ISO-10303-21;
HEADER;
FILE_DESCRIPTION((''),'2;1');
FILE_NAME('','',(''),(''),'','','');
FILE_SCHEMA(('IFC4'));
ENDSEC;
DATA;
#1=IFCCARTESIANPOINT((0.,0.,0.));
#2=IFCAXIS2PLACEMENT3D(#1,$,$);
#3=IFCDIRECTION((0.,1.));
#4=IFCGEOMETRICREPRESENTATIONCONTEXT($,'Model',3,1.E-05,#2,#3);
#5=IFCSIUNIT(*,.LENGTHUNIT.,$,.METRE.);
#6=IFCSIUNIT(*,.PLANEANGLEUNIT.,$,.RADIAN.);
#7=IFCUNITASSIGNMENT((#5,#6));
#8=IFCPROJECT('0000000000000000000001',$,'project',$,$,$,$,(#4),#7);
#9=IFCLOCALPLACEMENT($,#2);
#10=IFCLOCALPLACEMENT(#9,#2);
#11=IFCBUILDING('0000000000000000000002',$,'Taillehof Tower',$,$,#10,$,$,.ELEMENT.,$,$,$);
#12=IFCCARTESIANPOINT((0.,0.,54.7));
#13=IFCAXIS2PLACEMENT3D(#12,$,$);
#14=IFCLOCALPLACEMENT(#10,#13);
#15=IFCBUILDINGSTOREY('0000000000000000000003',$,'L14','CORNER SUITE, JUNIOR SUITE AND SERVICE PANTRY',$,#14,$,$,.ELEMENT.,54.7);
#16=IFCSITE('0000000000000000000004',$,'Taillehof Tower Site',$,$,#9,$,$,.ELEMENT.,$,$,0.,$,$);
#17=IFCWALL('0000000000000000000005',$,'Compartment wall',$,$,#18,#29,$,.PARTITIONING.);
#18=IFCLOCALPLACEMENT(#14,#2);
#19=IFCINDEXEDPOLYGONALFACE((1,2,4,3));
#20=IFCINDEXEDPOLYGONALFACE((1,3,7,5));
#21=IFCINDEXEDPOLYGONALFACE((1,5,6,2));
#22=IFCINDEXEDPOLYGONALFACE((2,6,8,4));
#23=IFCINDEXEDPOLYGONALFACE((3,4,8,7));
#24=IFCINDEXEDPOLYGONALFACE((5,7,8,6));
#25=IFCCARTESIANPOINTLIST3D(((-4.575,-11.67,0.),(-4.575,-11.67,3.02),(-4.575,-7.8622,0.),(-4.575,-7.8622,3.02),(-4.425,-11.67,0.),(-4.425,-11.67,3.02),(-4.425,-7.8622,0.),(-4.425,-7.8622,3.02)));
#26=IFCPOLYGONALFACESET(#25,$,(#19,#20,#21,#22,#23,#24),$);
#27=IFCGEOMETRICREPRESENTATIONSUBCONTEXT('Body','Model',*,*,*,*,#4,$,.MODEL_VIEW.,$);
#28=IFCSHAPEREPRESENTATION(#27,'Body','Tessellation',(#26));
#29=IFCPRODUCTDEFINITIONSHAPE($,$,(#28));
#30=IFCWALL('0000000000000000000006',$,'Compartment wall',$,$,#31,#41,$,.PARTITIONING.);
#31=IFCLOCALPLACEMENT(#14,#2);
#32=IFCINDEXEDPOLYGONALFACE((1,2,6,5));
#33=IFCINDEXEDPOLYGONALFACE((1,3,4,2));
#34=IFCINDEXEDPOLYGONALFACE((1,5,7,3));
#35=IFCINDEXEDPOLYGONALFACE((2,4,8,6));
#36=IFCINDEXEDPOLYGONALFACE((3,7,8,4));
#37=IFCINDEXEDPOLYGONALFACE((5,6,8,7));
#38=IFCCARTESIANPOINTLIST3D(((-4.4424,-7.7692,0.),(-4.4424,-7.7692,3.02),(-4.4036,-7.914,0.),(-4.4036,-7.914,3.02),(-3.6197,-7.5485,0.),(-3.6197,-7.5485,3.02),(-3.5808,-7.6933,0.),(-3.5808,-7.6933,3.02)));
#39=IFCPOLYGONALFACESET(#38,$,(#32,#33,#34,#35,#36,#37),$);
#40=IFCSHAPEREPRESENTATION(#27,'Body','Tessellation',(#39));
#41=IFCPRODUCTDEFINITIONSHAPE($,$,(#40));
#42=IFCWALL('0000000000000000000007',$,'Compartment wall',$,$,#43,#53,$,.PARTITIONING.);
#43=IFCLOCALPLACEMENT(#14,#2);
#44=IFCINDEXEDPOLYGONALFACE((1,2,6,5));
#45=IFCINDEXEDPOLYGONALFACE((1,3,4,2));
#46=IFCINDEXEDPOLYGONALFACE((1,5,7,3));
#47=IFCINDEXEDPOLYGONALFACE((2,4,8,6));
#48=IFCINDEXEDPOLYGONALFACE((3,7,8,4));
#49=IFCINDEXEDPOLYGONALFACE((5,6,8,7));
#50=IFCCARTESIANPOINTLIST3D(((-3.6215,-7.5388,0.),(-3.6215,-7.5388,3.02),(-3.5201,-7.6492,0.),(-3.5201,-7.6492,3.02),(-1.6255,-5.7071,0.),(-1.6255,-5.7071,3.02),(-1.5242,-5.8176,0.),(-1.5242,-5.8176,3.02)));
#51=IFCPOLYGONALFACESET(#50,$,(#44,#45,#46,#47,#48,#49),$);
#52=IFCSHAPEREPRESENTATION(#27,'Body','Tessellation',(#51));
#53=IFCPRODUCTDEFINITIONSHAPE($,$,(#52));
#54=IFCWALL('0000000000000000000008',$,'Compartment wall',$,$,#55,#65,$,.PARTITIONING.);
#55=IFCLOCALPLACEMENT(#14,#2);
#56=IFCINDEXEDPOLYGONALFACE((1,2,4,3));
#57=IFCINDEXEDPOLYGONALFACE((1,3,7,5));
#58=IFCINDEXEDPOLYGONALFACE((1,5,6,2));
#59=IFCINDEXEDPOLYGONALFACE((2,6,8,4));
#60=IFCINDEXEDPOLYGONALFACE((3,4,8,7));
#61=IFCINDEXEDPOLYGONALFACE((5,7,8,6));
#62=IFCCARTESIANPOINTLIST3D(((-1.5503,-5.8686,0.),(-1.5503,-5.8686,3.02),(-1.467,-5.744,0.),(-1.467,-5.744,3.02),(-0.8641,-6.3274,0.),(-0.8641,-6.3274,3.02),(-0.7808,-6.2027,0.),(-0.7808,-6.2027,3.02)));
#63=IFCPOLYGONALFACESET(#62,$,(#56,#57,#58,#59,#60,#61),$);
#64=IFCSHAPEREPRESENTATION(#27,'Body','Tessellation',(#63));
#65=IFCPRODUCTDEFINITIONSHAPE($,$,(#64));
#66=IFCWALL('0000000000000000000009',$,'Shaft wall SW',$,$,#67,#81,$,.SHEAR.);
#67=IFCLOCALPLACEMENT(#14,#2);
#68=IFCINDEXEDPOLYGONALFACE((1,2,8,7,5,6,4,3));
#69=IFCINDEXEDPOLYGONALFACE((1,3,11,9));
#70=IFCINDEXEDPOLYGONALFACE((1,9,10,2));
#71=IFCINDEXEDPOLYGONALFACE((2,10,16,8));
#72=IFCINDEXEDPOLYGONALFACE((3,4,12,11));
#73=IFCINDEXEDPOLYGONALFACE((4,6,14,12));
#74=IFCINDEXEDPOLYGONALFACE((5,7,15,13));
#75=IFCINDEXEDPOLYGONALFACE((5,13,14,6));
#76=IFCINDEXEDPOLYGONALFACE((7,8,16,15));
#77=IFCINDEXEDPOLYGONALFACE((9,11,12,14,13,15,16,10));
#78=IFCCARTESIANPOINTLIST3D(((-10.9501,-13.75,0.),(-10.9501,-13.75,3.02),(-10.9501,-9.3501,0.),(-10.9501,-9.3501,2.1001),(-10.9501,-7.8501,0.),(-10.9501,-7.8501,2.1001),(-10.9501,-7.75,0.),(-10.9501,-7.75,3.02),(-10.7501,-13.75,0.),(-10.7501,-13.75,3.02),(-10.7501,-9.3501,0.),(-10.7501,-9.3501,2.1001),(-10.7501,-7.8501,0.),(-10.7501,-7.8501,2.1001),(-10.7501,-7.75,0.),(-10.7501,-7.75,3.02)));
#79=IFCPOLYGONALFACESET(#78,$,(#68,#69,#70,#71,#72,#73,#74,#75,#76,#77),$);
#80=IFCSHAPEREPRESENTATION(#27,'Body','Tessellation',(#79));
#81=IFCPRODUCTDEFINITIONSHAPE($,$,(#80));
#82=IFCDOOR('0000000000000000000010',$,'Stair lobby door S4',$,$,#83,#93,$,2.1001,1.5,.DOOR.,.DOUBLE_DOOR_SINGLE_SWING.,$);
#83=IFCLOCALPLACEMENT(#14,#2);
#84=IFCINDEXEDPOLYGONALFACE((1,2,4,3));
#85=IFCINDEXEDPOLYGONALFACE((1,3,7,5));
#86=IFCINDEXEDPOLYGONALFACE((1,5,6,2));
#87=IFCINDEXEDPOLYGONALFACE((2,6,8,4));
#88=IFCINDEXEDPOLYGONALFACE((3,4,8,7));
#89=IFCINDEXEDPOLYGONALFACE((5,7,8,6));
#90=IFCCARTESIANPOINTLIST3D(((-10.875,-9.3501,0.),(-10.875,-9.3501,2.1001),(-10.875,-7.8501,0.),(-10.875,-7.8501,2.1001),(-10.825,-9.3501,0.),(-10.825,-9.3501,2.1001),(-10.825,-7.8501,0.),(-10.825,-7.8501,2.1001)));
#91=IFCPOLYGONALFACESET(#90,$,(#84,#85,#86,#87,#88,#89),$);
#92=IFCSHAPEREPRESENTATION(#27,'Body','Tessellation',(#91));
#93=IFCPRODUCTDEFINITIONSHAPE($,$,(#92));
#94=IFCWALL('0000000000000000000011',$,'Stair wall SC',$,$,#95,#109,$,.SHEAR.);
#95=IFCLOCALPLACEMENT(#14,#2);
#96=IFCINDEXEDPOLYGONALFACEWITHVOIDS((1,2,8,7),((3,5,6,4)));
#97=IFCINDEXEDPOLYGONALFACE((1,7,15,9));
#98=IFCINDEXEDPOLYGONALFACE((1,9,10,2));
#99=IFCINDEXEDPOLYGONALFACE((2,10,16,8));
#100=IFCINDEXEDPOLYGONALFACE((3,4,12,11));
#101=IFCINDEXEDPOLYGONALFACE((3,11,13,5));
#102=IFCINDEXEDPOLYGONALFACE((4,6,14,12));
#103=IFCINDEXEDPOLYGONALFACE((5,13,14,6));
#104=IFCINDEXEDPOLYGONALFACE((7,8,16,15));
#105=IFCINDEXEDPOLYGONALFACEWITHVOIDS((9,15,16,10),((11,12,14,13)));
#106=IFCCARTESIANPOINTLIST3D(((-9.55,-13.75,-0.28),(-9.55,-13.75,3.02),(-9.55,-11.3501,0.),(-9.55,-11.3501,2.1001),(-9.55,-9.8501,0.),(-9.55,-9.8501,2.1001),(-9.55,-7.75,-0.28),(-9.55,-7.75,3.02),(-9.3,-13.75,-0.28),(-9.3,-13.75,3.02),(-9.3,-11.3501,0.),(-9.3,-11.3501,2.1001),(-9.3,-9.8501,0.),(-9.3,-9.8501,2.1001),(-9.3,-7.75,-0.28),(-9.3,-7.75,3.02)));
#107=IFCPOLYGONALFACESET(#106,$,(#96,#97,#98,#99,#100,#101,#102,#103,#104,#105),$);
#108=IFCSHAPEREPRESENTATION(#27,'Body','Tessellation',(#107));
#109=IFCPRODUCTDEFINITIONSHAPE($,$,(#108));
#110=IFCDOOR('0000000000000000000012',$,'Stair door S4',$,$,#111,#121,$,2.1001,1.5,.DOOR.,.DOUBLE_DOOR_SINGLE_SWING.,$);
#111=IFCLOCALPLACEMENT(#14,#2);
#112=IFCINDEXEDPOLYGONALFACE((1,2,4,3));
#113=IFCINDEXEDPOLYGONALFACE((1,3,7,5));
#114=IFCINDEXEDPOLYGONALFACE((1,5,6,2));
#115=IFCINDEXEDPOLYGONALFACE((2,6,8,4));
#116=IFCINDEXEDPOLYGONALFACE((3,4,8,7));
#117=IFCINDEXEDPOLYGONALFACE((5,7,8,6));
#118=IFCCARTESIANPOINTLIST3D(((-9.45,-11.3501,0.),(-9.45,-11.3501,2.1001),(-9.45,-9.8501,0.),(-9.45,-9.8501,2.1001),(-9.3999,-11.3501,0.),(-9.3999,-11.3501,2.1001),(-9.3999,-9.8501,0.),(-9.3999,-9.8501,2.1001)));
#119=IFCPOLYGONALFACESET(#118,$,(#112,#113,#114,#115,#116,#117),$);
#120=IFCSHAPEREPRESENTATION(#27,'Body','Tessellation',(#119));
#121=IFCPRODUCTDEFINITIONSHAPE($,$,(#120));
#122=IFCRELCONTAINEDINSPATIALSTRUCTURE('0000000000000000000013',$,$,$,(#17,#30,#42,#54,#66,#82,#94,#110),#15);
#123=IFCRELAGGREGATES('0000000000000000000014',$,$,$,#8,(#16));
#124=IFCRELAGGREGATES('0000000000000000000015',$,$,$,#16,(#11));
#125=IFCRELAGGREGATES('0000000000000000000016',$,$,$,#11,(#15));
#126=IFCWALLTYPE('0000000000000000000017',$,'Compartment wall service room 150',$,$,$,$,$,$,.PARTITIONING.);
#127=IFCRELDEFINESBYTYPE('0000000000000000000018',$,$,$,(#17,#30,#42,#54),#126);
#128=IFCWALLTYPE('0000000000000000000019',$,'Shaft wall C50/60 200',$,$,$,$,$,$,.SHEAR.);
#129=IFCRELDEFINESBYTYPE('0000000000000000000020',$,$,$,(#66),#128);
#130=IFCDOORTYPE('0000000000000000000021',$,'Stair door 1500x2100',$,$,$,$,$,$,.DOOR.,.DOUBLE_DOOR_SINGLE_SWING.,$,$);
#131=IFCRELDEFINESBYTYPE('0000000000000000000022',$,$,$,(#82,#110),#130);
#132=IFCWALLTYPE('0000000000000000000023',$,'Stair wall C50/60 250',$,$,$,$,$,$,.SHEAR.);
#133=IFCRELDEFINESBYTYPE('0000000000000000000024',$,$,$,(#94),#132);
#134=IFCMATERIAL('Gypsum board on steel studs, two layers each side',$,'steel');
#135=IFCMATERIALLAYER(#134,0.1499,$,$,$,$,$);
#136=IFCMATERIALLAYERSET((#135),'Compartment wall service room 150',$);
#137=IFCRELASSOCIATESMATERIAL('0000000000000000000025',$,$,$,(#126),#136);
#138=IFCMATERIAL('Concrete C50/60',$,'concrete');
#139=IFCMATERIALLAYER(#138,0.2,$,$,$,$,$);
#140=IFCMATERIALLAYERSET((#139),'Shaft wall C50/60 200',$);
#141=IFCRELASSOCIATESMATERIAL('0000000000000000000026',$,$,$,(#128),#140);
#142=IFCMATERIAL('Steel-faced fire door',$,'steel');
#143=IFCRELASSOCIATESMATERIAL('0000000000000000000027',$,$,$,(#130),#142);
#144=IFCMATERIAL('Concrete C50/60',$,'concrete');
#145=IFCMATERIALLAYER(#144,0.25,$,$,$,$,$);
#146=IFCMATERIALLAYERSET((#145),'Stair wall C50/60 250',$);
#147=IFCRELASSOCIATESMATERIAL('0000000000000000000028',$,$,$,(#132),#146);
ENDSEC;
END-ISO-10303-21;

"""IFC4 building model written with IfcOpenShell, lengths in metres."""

from ifc_helpers import new_model, si_unit, direction, frame, frame_2d, origin, place, context, subcontext, project, spatial, rectangle, extrude, material, layer, layer_set, type_object, element, fill, save


model = new_model("IFC4")

# Units and contexts
model_context = context("Model", 3, precision=1e-05, world=origin(), true_north=direction((0.0, 1.0)))
body_context = subcontext(model_context, "Body", "Model", "MODEL_VIEW")
ifc_project = project(units=[si_unit("LENGTHUNIT", "METRE"), si_unit("PLANEANGLEUNIT", "RADIAN")], contexts=[model_context])

# Site, building, storey
site_placement = place(None, origin())
site = spatial("IfcSite", under=ifc_project, at=site_placement, Name="Taillehof Tower Site", CompositionType="ELEMENT", RefElevation=0.0)
building_placement = place(site_placement, origin())
building = spatial("IfcBuilding", under=site, at=building_placement, Name="Taillehof Tower", CompositionType="ELEMENT")
storey_placement = place(building_placement, frame((0.0, 0.0, 54.7)))
storey = spatial("IfcBuildingStorey", under=building, at=storey_placement, Name="L14", Description="CORNER SUITE, JUNIOR SUITE AND SERVICE PANTRY", CompositionType="ELEMENT", Elevation=54.7)

# Walls
ifc_material_1 = material(Name="Gypsum board on steel studs, two layers each side", Category="steel")
ifc_layer_1 = layer(ifc_material_1, 0.1499)
ifc_layer_set_1 = layer_set([ifc_layer_1], Name="Compartment wall service room 150")
wall_type_1 = type_object("IfcWallType", Name="Compartment wall service room 150", PredefinedType="PARTITIONING", material=ifc_layer_set_1)
wall_1_placement = place(storey_placement, frame((-4.5, -11.6699, 0.0), z_axis=(0.0, 0.0, 1.0), x_axis=(0.0, 1.0, 0.0)))
element("IfcWall", 1, at=wall_1_placement, inside=storey, type_object=wall_type_1, Name="Compartment wall", PredefinedType="PARTITIONING", context=body_context, shape_type="SweptSolid", body=[
    extrude(rectangle(XDim=3.8079, YDim=0.1499, at=frame_2d((1.9038, 0.0))), origin(), (0.0, 0.0, 1.0), 3.02),
])
wall_2_placement = place(storey_placement, frame((-4.4229, -7.8416, 0.0), z_axis=(0.0, 0.0, 1.0), x_axis=(0.965853, 0.259089, 0.0)))
element("IfcWall", 2, at=wall_2_placement, inside=storey, type_object=wall_type_1, Name="Compartment wall", PredefinedType="PARTITIONING", context=body_context, shape_type="SweptSolid", body=[
    extrude(rectangle(XDim=0.8518, YDim=0.1499, at=frame_2d((0.4258, 0.0))), origin(), (0.0, 0.0, 1.0), 3.02),
])
wall_3_placement = place(storey_placement, frame((-3.5708, -7.594, 0.0), z_axis=(0.0, 0.0, 1.0), x_axis=(0.736784, 0.676129, 0.0)))
element("IfcWall", 3, at=wall_3_placement, inside=storey, type_object=wall_type_1, Name="Compartment wall", PredefinedType="PARTITIONING", context=body_context, shape_type="SweptSolid", body=[
    extrude(rectangle(XDim=2.709, YDim=0.1499, at=frame_2d((1.3545, 0.0))), origin(), (0.0, 0.0, 1.0), 3.02),
])
wall_4_placement = place(storey_placement, frame((-1.5085, -5.8064, 0.0), z_axis=(0.0, 0.0, 1.0), x_axis=(0.831367, -0.555724, 0.0)))
element("IfcWall", 4, at=wall_4_placement, inside=storey, type_object=wall_type_1, Name="Compartment wall", PredefinedType="PARTITIONING", context=body_context, shape_type="SweptSolid", body=[
    extrude(rectangle(XDim=0.8254, YDim=0.1499, at=frame_2d((0.4126, 0.0))), origin(), (0.0, 0.0, 1.0), 3.02),
])

# Walls, openings, doors
ifc_material_2 = material(Name="Concrete C50/60", Category="concrete")
ifc_layer_2 = layer(ifc_material_2, 0.2)
ifc_layer_set_2 = layer_set([ifc_layer_2], Name="Shaft wall C50/60 200")
wall_type_2 = type_object("IfcWallType", Name="Shaft wall C50/60 200", PredefinedType="SHEAR", material=ifc_layer_set_2)
wall_5_placement = place(storey_placement, frame((-10.8501, -13.75, 0.0), z_axis=(0.0, 0.0, 1.0), x_axis=(0.0, 1.0, 0.0)))
wall_5 = element("IfcWall", 5, at=wall_5_placement, inside=storey, type_object=wall_type_2, Name="Shaft wall SW", PredefinedType="SHEAR", context=body_context, shape_type="SweptSolid", body=[
    extrude(rectangle(XDim=6.0, YDim=0.2, at=frame_2d((3.0, 0.0))), origin(), (0.0, 0.0, 1.0), 3.02),
])
opening_1_placement = place(wall_5_placement, frame((4.3999, 0.0, 0.0)))
opening_1 = element("IfcOpeningElement", 6, at=opening_1_placement, cuts=wall_5, PredefinedType="OPENING", context=body_context, shape_type="SweptSolid", body=[
    extrude(rectangle(XDim=1.5, YDim=2.1001, at=frame_2d((0.75, 1.05))), frame((0.0, 0.1099, 0.0), z_axis=(0.0, -1.0, 0.0), x_axis=(1.0, 0.0, 0.0)), (0.0, 0.0, 1.0), 0.22),
])
ifc_material_3 = material(Name="Steel-faced fire door", Category="steel")
door_type = type_object("IfcDoorType", Name="Stair door 1500x2100", OperationType="DOUBLE_DOOR_SINGLE_SWING", PredefinedType="DOOR", material=ifc_material_3)
door_1_placement = place(opening_1_placement, origin())
door_1 = element("IfcDoor", 7, at=door_1_placement, inside=storey, type_object=door_type, Name="Stair lobby door S4", OperationType="DOUBLE_DOOR_SINGLE_SWING", OverallHeight=2.1001, OverallWidth=1.5, PredefinedType="DOOR", context=body_context, shape_type="SweptSolid", body=[
    extrude(rectangle(XDim=1.5, YDim=2.1001, at=frame_2d((0.75, 1.05))), frame((0.0, 0.0249, 0.0), z_axis=(0.0, -1.0, 0.0), x_axis=(1.0, 0.0, 0.0)), (0.0, 0.0, 1.0), 0.05),
])
fill(opening_1, door_1)
ifc_material_4 = material(Name="Concrete C50/60", Category="concrete")
ifc_layer_3 = layer(ifc_material_4, 0.25)
ifc_layer_set_3 = layer_set([ifc_layer_3], Name="Stair wall C50/60 250")
wall_type_3 = type_object("IfcWallType", Name="Stair wall C50/60 250", PredefinedType="SHEAR", material=ifc_layer_set_3)
wall_6_placement = place(storey_placement, frame((-9.425, -13.75, -0.28), z_axis=(0.0, 0.0, 1.0), x_axis=(0.0, 1.0, 0.0)))
wall_6 = element("IfcWall", 8, at=wall_6_placement, inside=storey, type_object=wall_type_3, Name="Stair wall SC", PredefinedType="SHEAR", context=body_context, shape_type="SweptSolid", body=[
    extrude(rectangle(XDim=6.0, YDim=0.25, at=frame_2d((3.0, 0.0))), origin(), (0.0, 0.0, 1.0), 3.3),
])
opening_2_placement = place(wall_6_placement, frame((2.3999, 0.0, 0.28)))
opening_2 = element("IfcOpeningElement", 9, at=opening_2_placement, cuts=wall_6, PredefinedType="OPENING", context=body_context, shape_type="SweptSolid", body=[
    extrude(rectangle(XDim=1.5, YDim=2.1001, at=frame_2d((0.75, 1.05))), frame((0.0, 0.135, 0.0), z_axis=(0.0, -1.0, 0.0), x_axis=(1.0, 0.0, 0.0)), (0.0, 0.0, 1.0), 0.27),
])
door_2_placement = place(opening_2_placement, origin())
door_2 = element("IfcDoor", 10, at=door_2_placement, inside=storey, type_object=door_type, Name="Stair door S4", OperationType="DOUBLE_DOOR_SINGLE_SWING", OverallHeight=2.1001, OverallWidth=1.5, PredefinedType="DOOR", context=body_context, shape_type="SweptSolid", body=[
    extrude(rectangle(XDim=1.5, YDim=2.1001, at=frame_2d((0.75, 1.05))), frame((0.0, 0.0249, 0.0), z_axis=(0.0, -1.0, 0.0), x_axis=(1.0, 0.0, 0.0)), (0.0, 0.0, 1.0), 0.05),
])
fill(opening_2, door_2)

save(model, "model.ifc")
